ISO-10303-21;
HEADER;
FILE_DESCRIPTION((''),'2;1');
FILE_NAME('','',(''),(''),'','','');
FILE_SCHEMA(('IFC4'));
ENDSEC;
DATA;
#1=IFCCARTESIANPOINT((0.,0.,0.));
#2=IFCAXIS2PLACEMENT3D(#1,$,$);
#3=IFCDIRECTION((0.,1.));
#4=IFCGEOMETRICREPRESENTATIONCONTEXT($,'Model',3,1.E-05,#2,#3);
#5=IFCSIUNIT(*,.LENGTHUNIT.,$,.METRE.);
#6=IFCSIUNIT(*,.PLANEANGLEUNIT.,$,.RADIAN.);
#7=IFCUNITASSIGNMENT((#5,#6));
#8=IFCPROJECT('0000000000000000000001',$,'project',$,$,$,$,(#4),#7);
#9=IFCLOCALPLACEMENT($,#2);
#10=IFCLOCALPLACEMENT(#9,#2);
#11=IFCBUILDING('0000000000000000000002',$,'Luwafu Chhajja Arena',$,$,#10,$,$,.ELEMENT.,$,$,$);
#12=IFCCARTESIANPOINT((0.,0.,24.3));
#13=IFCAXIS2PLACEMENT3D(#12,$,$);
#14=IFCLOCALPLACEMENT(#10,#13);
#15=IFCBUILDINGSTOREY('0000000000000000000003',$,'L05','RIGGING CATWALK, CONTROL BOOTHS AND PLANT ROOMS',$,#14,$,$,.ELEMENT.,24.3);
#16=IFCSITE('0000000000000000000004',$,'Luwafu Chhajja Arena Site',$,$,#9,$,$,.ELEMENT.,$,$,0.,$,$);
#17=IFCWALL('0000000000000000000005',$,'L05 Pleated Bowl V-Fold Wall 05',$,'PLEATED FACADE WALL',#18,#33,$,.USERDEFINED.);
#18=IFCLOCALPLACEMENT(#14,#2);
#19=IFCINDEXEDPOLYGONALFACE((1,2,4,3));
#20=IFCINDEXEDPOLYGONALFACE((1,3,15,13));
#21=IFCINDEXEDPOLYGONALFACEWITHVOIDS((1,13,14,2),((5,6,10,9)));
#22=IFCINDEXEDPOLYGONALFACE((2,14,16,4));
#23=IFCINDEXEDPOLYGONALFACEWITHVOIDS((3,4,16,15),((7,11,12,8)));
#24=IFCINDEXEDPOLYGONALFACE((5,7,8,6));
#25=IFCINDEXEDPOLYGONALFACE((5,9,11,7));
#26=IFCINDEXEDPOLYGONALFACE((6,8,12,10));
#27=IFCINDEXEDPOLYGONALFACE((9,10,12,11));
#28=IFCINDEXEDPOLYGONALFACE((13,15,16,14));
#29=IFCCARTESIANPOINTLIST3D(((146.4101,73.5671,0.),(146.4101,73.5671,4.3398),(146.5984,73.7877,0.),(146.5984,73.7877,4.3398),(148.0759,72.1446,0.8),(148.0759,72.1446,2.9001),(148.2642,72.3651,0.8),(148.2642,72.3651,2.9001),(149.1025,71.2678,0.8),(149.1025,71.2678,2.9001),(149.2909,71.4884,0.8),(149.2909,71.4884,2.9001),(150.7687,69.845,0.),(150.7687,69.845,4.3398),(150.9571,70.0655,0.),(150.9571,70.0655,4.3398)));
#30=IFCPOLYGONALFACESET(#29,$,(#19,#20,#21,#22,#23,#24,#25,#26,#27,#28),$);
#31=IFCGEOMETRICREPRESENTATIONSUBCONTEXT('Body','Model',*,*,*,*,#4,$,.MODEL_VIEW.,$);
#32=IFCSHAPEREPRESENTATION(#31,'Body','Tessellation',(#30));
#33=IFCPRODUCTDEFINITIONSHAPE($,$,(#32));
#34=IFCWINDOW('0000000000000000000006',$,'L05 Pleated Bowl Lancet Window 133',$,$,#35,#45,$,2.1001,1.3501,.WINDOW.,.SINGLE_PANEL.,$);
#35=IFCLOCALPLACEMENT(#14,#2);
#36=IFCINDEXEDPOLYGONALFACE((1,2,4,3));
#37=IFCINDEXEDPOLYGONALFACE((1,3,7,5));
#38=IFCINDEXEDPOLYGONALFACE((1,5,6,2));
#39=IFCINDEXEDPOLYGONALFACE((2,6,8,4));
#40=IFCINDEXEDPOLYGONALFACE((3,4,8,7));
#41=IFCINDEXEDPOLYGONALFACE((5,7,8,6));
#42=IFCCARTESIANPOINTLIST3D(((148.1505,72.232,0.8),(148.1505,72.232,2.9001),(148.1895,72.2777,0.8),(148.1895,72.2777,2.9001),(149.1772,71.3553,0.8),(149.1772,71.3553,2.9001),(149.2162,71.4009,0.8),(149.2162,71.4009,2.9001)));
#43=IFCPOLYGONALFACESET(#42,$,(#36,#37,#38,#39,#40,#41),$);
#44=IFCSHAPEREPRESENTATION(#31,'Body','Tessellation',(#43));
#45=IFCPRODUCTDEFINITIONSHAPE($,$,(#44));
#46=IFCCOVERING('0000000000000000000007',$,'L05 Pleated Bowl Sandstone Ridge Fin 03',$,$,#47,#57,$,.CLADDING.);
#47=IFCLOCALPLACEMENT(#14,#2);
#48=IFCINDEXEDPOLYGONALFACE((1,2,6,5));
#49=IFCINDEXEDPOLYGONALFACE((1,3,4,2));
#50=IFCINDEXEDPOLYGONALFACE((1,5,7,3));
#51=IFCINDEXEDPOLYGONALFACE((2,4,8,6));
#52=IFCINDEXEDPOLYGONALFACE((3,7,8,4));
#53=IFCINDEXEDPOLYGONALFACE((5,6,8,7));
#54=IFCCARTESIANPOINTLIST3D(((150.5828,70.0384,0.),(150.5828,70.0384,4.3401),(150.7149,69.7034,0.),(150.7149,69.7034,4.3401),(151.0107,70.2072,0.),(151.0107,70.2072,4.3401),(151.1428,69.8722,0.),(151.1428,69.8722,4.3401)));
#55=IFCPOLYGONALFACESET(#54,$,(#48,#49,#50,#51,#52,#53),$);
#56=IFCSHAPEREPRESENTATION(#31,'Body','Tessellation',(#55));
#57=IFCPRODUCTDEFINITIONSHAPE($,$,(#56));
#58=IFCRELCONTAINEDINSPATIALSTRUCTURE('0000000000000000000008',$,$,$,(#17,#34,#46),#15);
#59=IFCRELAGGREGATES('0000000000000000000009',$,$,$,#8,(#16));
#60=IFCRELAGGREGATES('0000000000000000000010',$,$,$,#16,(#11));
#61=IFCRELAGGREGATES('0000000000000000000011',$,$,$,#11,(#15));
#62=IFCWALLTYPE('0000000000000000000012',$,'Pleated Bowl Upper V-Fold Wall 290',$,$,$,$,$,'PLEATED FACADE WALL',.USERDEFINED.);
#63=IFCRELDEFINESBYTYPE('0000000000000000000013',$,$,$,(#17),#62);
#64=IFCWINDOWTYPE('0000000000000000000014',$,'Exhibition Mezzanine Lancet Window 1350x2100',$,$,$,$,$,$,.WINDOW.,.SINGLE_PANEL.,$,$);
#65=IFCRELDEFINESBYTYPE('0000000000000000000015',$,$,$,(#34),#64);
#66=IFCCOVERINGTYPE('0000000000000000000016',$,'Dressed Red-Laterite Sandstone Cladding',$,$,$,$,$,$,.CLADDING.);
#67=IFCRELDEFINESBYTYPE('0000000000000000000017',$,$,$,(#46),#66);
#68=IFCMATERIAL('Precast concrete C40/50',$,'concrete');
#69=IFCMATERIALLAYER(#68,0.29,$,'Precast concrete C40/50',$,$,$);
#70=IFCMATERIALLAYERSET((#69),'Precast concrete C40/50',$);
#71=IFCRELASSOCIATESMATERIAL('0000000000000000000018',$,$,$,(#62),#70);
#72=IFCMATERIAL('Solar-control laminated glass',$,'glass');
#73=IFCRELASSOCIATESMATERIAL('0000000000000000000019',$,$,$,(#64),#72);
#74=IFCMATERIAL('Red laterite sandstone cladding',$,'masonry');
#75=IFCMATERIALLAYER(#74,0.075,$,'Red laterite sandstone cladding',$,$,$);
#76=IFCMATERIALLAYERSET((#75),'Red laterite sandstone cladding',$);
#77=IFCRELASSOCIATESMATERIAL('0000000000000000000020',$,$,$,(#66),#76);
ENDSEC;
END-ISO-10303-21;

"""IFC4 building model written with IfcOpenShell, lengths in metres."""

from ifc_helpers import new_model, si_unit, direction, frame, frame_2d, origin, origin_2d, place, context, subcontext, project, spatial, rectangle, extrude, material, layer, layer_set, type_object, element, fill, save


model = new_model("IFC4")

# Units and contexts
model_context = context("Model", 3, precision=1e-05, world=origin(), true_north=direction((0.0, 1.0)))
body_context = subcontext(model_context, "Body", "Model", "MODEL_VIEW")
ifc_project = project(units=[si_unit("LENGTHUNIT", "METRE"), si_unit("PLANEANGLEUNIT", "RADIAN")], contexts=[model_context])

# Site, building, storey
site_placement = place(None, origin())
site = spatial("IfcSite", under=ifc_project, at=site_placement, Name="Luwafu Chhajja Arena Site", CompositionType="ELEMENT", RefElevation=0.0)
building_placement = place(site_placement, origin())
building = spatial("IfcBuilding", under=site, at=building_placement, Name="Luwafu Chhajja Arena", CompositionType="ELEMENT")
storey_placement = place(building_placement, frame((0.0, 0.0, 24.3)))
storey = spatial("IfcBuildingStorey", under=building, at=storey_placement, Name="L05", Description="RIGGING CATWALK, CONTROL BOOTHS AND PLANT ROOMS", CompositionType="ELEMENT", Elevation=24.3)

# Shared definitions
ifc_material_1 = material(Name="Solar-control laminated glass", Category="glass")

# Wall, opening, window
ifc_material_2 = material(Name="Precast concrete C40/50", Category="concrete")
ifc_layer_1 = layer(ifc_material_2, 0.29, Name="Precast concrete C40/50")
ifc_layer_set_1 = layer_set([ifc_layer_1], Name="Precast concrete C40/50")
wall_type = type_object("IfcWallType", Name="Pleated Bowl Upper V-Fold Wall 290", ElementType="PLEATED FACADE WALL", PredefinedType="USERDEFINED", material=ifc_layer_set_1)
wall_1_placement = place(storey_placement, frame((150.8628, 69.9553, 0.0), z_axis=(0.0, 0.0, 1.0), x_axis=(-0.760446, 0.649401, 0.0)))
wall_1 = element("IfcWall", 1, at=wall_1_placement, inside=storey, type_object=wall_type, Name="L05 Pleated Bowl V-Fold Wall 05", ObjectType="PLEATED FACADE WALL", PredefinedType="USERDEFINED", context=body_context, shape_type="SweptSolid", body=[
    extrude(rectangle(XDim=5.7317, YDim=0.29, at=frame_2d((2.8657, 0.0))), origin(), (0.0, 0.0, 1.0), 4.3398),
])
opening_1_placement = place(wall_1_placement, frame((2.1909, 0.0, 0.8)))
opening_1 = element("IfcOpeningElement", 2, at=opening_1_placement, cuts=wall_1, PredefinedType="OPENING", context=body_context, shape_type="SweptSolid", body=[
    extrude(rectangle(XDim=1.3501, YDim=2.1001, at=frame_2d((0.675, 1.05))), frame((0.0, 0.155, 0.0), z_axis=(0.0, -1.0, 0.0), x_axis=(1.0, 0.0, 0.0)), (0.0, 0.0, 1.0), 0.3101),
])
window_type_1 = type_object("IfcWindowType", Name="Exhibition Mezzanine Lancet Window 1350x2100", PartitioningType="SINGLE_PANEL", PredefinedType="WINDOW", material=ifc_material_1)
window_1_placement = place(opening_1_placement, origin())
window_1 = element("IfcWindow", 3, at=window_1_placement, inside=storey, type_object=window_type_1, Name="L05 Pleated Bowl Lancet Window 133", OverallHeight=2.1001, OverallWidth=1.3501, PartitioningType="SINGLE_PANEL", PredefinedType="WINDOW", context=body_context, shape_type="SweptSolid", body=[
    extrude(rectangle(XDim=1.3501, YDim=2.1001, at=frame_2d((0.675, 1.05))), frame((0.0, 0.03, 0.0), z_axis=(0.0, -1.0, 0.0), x_axis=(1.0, 0.0, 0.0)), (0.0, 0.0, 1.0), 0.0601),
])
fill(opening_1, window_1)

# Covering
ifc_material_3 = material(Name="Red laterite sandstone cladding", Category="masonry")
ifc_layer_2 = layer(ifc_material_3, 0.075, Name="Red laterite sandstone cladding")
ifc_layer_set_2 = layer_set([ifc_layer_2], Name="Red laterite sandstone cladding")
covering_type = type_object("IfcCoveringType", Name="Dressed Red-Laterite Sandstone Cladding", PredefinedType="CLADDING", material=ifc_layer_set_2)
covering_placement = place(storey_placement, frame((150.8628, 69.9553, 0.0), z_axis=(0.0, 0.0, 1.0), x_axis=(0.930259, 0.366904, 0.0)))
element("IfcCovering", 4, at=covering_placement, inside=storey, type_object=covering_type, Name="L05 Pleated Bowl Sandstone Ridge Fin 03", PredefinedType="CLADDING", context=body_context, shape_type="SweptSolid", body=[
    extrude(rectangle(XDim=0.46, YDim=0.3601, at=origin_2d()), origin(), (0.0, 0.0, 1.0), 4.3401),
])

save(model, "model.ifc")
